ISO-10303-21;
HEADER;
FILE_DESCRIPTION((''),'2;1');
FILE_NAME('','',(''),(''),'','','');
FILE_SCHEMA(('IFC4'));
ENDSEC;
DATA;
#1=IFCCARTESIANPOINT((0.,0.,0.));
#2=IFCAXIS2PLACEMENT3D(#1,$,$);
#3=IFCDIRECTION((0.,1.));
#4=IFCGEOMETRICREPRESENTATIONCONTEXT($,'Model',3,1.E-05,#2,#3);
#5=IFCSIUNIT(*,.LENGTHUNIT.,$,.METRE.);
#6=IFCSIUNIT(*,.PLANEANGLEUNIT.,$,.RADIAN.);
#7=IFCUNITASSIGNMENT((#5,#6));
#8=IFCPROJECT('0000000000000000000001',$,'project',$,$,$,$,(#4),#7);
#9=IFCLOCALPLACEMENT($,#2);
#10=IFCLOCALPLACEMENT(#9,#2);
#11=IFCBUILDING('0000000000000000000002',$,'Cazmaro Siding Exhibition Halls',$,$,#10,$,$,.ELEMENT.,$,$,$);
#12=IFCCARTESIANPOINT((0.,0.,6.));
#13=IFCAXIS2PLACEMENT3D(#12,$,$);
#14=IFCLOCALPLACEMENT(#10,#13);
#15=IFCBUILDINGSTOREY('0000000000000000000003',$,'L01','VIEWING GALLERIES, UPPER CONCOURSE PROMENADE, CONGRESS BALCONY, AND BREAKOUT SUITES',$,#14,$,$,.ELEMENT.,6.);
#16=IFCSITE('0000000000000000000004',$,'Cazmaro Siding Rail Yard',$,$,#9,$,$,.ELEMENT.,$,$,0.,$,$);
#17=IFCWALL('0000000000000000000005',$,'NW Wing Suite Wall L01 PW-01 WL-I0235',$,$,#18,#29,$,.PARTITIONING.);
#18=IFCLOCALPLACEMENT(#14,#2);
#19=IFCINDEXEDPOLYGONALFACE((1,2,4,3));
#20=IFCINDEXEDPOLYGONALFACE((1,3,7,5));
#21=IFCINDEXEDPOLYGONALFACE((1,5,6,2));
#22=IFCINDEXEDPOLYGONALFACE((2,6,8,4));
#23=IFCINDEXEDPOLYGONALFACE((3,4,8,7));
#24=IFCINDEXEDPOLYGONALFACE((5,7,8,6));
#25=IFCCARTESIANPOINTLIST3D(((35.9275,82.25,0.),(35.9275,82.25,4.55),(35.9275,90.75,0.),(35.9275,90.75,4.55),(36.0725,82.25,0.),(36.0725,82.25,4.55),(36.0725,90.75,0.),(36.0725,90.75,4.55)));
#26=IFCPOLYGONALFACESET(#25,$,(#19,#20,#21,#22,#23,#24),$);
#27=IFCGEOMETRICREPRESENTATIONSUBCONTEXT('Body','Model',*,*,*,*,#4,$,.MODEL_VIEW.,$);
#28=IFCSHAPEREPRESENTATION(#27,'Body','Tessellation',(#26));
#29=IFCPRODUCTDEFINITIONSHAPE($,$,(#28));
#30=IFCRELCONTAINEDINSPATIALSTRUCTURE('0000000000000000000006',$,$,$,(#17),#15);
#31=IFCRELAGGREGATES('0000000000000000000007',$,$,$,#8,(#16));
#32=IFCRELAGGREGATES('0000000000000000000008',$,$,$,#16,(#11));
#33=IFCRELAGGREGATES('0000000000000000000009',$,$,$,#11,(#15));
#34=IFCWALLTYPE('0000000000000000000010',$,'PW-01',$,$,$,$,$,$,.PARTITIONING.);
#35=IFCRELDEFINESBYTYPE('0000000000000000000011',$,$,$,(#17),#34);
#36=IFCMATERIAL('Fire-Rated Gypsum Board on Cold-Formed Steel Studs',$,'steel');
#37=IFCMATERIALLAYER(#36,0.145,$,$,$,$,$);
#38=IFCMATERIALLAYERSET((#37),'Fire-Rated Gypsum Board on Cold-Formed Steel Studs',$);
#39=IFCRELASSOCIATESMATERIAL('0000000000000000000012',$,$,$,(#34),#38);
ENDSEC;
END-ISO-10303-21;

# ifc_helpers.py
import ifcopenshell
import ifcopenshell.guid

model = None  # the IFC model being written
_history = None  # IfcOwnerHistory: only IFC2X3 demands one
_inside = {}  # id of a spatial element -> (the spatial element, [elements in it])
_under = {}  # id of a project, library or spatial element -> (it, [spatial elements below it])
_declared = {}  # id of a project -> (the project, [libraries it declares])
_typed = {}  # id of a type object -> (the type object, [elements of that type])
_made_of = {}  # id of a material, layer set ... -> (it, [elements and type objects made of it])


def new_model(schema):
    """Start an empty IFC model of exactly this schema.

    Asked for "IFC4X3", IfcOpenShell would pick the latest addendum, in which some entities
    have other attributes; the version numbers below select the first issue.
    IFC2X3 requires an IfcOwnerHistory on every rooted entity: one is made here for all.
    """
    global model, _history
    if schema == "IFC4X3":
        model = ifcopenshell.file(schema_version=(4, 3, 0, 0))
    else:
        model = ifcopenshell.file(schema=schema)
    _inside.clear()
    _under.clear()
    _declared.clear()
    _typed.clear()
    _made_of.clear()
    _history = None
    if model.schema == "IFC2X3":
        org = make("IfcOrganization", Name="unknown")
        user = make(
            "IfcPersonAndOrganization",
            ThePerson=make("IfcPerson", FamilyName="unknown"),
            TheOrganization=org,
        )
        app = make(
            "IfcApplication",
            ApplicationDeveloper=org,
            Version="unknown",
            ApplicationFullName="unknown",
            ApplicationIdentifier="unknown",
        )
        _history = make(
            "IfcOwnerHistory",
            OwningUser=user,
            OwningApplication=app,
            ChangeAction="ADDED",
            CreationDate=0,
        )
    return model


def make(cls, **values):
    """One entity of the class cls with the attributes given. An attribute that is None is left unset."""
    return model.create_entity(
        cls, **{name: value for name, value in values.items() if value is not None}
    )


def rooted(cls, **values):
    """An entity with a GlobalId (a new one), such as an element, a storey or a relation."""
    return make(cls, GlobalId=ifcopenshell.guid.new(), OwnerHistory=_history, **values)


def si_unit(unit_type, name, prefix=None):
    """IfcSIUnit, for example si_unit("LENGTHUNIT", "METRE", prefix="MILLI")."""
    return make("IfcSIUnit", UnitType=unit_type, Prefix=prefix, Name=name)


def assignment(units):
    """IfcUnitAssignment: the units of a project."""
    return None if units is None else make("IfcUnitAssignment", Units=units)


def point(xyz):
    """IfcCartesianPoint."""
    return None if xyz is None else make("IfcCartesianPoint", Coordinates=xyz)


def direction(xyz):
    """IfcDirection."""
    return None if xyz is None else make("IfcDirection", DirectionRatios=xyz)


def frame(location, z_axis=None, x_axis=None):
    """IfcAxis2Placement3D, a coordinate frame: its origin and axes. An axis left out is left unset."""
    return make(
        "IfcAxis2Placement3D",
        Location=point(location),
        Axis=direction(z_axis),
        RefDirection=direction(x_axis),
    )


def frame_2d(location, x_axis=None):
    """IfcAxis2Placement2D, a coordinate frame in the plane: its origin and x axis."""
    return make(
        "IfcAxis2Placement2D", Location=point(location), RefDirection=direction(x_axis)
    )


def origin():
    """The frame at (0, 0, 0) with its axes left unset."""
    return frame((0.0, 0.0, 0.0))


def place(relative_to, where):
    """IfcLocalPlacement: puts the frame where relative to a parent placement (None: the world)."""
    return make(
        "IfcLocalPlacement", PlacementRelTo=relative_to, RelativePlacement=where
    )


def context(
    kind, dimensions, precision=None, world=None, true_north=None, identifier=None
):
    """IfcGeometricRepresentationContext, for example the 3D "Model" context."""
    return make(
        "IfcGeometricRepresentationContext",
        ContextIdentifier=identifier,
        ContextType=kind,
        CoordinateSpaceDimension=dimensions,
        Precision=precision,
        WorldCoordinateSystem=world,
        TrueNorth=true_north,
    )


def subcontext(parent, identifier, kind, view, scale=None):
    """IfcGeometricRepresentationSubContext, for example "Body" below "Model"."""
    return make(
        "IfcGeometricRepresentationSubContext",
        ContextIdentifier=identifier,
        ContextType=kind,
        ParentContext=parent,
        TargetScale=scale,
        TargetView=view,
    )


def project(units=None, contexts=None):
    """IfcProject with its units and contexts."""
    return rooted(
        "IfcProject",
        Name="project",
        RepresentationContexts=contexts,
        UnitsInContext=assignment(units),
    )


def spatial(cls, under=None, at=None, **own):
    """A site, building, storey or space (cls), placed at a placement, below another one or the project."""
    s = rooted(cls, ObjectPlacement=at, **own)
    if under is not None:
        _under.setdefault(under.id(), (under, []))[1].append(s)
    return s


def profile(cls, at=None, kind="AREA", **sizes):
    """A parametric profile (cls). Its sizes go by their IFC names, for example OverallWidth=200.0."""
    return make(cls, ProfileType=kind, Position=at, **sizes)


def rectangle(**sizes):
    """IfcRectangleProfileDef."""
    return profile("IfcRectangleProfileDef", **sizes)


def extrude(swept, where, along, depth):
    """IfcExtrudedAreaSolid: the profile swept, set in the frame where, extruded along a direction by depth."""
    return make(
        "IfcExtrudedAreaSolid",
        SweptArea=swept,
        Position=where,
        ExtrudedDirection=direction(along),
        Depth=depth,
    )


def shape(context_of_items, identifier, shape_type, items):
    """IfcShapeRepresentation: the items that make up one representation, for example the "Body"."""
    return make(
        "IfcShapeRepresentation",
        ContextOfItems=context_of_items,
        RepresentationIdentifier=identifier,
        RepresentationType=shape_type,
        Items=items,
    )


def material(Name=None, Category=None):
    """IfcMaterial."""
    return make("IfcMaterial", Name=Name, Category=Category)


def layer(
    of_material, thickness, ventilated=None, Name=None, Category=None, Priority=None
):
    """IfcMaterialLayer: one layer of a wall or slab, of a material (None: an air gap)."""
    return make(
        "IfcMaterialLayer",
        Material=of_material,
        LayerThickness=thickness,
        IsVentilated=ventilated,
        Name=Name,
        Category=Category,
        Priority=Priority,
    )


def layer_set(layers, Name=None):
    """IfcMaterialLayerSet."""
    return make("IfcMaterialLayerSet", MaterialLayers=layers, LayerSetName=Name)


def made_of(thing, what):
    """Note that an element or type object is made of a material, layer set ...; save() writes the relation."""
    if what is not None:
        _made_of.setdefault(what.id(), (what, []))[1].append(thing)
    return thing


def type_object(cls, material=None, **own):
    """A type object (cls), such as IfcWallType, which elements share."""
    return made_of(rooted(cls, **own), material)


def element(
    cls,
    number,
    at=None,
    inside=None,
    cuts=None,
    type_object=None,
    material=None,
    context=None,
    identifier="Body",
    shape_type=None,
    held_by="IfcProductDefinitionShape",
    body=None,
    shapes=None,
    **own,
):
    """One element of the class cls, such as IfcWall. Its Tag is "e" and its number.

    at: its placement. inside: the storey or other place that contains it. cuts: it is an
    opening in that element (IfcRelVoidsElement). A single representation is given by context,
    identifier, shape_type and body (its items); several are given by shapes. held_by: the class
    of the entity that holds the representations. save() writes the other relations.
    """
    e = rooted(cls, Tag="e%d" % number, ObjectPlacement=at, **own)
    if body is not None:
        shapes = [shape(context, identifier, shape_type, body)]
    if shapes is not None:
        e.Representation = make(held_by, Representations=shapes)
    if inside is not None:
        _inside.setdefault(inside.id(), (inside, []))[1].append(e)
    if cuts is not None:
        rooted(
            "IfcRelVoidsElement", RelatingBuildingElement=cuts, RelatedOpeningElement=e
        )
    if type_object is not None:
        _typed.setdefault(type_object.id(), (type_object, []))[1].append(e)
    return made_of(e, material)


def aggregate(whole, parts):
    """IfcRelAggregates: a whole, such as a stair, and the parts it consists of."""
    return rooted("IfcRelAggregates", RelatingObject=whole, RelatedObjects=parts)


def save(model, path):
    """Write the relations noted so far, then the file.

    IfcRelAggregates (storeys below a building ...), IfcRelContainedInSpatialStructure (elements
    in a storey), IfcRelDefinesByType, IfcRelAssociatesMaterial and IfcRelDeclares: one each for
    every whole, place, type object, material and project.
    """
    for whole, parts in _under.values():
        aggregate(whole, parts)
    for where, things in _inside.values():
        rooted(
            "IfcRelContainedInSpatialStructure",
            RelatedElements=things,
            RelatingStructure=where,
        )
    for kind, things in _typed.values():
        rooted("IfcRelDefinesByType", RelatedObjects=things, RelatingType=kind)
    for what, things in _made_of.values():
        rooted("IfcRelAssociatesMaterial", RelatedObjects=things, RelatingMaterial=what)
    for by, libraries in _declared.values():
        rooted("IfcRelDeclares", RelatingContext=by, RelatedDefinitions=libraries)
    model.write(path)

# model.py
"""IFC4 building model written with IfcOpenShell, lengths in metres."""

from ifc_helpers import new_model, si_unit, direction, frame, frame_2d, origin, place, context, subcontext, project, spatial, rectangle, extrude, material, layer, layer_set, type_object, element, save


model = new_model("IFC4")

# Units and contexts
model_context = context("Model", 3, precision=1e-05, world=origin(), true_north=direction((0.0, 1.0)))
body_context = subcontext(model_context, "Body", "Model", "MODEL_VIEW")
ifc_project = project(units=[si_unit("LENGTHUNIT", "METRE"), si_unit("PLANEANGLEUNIT", "RADIAN")], contexts=[model_context])

# Site, building, storey
site_placement = place(None, origin())
site = spatial("IfcSite", under=ifc_project, at=site_placement, Name="Cazmaro Siding Rail Yard", CompositionType="ELEMENT", RefElevation=0.0)
building_placement = place(site_placement, origin())
building = spatial("IfcBuilding", under=site, at=building_placement, Name="Cazmaro Siding Exhibition Halls", CompositionType="ELEMENT")
storey_placement = place(building_placement, frame((0.0, 0.0, 6.0)))
storey = spatial("IfcBuildingStorey", under=building, at=storey_placement, Name="L01", Description="VIEWING GALLERIES, UPPER CONCOURSE PROMENADE, CONGRESS BALCONY, AND BREAKOUT SUITES", CompositionType="ELEMENT", Elevation=6.0)

# Wall
ifc_material_1 = material(Name="Fire-Rated Gypsum Board on Cold-Formed Steel Studs", Category="steel")
ifc_layer_1 = layer(ifc_material_1, 0.145)
ifc_layer_set_1 = layer_set([ifc_layer_1], Name="Fire-Rated Gypsum Board on Cold-Formed Steel Studs")
wall_type_1 = type_object("IfcWallType", Name="PW-01", PredefinedType="PARTITIONING", material=ifc_layer_set_1)
wall_1_placement = place(storey_placement, frame((36.0, 82.25, 0.0), z_axis=(0.0, 0.0, 1.0), x_axis=(0.0, 1.0, 0.0)))
element("IfcWall", 1, at=wall_1_placement, inside=storey, type_object=wall_type_1, Name="NW Wing Suite Wall L01 PW-01 WL-I0235", PredefinedType="PARTITIONING", context=body_context, shape_type="SweptSolid", body=[
    extrude(rectangle(XDim=8.5, YDim=0.145, at=frame_2d((4.25, 0.0))), origin(), (0.0, 0.0, 1.0), 4.55),
])

save(model, "model.ifc")
